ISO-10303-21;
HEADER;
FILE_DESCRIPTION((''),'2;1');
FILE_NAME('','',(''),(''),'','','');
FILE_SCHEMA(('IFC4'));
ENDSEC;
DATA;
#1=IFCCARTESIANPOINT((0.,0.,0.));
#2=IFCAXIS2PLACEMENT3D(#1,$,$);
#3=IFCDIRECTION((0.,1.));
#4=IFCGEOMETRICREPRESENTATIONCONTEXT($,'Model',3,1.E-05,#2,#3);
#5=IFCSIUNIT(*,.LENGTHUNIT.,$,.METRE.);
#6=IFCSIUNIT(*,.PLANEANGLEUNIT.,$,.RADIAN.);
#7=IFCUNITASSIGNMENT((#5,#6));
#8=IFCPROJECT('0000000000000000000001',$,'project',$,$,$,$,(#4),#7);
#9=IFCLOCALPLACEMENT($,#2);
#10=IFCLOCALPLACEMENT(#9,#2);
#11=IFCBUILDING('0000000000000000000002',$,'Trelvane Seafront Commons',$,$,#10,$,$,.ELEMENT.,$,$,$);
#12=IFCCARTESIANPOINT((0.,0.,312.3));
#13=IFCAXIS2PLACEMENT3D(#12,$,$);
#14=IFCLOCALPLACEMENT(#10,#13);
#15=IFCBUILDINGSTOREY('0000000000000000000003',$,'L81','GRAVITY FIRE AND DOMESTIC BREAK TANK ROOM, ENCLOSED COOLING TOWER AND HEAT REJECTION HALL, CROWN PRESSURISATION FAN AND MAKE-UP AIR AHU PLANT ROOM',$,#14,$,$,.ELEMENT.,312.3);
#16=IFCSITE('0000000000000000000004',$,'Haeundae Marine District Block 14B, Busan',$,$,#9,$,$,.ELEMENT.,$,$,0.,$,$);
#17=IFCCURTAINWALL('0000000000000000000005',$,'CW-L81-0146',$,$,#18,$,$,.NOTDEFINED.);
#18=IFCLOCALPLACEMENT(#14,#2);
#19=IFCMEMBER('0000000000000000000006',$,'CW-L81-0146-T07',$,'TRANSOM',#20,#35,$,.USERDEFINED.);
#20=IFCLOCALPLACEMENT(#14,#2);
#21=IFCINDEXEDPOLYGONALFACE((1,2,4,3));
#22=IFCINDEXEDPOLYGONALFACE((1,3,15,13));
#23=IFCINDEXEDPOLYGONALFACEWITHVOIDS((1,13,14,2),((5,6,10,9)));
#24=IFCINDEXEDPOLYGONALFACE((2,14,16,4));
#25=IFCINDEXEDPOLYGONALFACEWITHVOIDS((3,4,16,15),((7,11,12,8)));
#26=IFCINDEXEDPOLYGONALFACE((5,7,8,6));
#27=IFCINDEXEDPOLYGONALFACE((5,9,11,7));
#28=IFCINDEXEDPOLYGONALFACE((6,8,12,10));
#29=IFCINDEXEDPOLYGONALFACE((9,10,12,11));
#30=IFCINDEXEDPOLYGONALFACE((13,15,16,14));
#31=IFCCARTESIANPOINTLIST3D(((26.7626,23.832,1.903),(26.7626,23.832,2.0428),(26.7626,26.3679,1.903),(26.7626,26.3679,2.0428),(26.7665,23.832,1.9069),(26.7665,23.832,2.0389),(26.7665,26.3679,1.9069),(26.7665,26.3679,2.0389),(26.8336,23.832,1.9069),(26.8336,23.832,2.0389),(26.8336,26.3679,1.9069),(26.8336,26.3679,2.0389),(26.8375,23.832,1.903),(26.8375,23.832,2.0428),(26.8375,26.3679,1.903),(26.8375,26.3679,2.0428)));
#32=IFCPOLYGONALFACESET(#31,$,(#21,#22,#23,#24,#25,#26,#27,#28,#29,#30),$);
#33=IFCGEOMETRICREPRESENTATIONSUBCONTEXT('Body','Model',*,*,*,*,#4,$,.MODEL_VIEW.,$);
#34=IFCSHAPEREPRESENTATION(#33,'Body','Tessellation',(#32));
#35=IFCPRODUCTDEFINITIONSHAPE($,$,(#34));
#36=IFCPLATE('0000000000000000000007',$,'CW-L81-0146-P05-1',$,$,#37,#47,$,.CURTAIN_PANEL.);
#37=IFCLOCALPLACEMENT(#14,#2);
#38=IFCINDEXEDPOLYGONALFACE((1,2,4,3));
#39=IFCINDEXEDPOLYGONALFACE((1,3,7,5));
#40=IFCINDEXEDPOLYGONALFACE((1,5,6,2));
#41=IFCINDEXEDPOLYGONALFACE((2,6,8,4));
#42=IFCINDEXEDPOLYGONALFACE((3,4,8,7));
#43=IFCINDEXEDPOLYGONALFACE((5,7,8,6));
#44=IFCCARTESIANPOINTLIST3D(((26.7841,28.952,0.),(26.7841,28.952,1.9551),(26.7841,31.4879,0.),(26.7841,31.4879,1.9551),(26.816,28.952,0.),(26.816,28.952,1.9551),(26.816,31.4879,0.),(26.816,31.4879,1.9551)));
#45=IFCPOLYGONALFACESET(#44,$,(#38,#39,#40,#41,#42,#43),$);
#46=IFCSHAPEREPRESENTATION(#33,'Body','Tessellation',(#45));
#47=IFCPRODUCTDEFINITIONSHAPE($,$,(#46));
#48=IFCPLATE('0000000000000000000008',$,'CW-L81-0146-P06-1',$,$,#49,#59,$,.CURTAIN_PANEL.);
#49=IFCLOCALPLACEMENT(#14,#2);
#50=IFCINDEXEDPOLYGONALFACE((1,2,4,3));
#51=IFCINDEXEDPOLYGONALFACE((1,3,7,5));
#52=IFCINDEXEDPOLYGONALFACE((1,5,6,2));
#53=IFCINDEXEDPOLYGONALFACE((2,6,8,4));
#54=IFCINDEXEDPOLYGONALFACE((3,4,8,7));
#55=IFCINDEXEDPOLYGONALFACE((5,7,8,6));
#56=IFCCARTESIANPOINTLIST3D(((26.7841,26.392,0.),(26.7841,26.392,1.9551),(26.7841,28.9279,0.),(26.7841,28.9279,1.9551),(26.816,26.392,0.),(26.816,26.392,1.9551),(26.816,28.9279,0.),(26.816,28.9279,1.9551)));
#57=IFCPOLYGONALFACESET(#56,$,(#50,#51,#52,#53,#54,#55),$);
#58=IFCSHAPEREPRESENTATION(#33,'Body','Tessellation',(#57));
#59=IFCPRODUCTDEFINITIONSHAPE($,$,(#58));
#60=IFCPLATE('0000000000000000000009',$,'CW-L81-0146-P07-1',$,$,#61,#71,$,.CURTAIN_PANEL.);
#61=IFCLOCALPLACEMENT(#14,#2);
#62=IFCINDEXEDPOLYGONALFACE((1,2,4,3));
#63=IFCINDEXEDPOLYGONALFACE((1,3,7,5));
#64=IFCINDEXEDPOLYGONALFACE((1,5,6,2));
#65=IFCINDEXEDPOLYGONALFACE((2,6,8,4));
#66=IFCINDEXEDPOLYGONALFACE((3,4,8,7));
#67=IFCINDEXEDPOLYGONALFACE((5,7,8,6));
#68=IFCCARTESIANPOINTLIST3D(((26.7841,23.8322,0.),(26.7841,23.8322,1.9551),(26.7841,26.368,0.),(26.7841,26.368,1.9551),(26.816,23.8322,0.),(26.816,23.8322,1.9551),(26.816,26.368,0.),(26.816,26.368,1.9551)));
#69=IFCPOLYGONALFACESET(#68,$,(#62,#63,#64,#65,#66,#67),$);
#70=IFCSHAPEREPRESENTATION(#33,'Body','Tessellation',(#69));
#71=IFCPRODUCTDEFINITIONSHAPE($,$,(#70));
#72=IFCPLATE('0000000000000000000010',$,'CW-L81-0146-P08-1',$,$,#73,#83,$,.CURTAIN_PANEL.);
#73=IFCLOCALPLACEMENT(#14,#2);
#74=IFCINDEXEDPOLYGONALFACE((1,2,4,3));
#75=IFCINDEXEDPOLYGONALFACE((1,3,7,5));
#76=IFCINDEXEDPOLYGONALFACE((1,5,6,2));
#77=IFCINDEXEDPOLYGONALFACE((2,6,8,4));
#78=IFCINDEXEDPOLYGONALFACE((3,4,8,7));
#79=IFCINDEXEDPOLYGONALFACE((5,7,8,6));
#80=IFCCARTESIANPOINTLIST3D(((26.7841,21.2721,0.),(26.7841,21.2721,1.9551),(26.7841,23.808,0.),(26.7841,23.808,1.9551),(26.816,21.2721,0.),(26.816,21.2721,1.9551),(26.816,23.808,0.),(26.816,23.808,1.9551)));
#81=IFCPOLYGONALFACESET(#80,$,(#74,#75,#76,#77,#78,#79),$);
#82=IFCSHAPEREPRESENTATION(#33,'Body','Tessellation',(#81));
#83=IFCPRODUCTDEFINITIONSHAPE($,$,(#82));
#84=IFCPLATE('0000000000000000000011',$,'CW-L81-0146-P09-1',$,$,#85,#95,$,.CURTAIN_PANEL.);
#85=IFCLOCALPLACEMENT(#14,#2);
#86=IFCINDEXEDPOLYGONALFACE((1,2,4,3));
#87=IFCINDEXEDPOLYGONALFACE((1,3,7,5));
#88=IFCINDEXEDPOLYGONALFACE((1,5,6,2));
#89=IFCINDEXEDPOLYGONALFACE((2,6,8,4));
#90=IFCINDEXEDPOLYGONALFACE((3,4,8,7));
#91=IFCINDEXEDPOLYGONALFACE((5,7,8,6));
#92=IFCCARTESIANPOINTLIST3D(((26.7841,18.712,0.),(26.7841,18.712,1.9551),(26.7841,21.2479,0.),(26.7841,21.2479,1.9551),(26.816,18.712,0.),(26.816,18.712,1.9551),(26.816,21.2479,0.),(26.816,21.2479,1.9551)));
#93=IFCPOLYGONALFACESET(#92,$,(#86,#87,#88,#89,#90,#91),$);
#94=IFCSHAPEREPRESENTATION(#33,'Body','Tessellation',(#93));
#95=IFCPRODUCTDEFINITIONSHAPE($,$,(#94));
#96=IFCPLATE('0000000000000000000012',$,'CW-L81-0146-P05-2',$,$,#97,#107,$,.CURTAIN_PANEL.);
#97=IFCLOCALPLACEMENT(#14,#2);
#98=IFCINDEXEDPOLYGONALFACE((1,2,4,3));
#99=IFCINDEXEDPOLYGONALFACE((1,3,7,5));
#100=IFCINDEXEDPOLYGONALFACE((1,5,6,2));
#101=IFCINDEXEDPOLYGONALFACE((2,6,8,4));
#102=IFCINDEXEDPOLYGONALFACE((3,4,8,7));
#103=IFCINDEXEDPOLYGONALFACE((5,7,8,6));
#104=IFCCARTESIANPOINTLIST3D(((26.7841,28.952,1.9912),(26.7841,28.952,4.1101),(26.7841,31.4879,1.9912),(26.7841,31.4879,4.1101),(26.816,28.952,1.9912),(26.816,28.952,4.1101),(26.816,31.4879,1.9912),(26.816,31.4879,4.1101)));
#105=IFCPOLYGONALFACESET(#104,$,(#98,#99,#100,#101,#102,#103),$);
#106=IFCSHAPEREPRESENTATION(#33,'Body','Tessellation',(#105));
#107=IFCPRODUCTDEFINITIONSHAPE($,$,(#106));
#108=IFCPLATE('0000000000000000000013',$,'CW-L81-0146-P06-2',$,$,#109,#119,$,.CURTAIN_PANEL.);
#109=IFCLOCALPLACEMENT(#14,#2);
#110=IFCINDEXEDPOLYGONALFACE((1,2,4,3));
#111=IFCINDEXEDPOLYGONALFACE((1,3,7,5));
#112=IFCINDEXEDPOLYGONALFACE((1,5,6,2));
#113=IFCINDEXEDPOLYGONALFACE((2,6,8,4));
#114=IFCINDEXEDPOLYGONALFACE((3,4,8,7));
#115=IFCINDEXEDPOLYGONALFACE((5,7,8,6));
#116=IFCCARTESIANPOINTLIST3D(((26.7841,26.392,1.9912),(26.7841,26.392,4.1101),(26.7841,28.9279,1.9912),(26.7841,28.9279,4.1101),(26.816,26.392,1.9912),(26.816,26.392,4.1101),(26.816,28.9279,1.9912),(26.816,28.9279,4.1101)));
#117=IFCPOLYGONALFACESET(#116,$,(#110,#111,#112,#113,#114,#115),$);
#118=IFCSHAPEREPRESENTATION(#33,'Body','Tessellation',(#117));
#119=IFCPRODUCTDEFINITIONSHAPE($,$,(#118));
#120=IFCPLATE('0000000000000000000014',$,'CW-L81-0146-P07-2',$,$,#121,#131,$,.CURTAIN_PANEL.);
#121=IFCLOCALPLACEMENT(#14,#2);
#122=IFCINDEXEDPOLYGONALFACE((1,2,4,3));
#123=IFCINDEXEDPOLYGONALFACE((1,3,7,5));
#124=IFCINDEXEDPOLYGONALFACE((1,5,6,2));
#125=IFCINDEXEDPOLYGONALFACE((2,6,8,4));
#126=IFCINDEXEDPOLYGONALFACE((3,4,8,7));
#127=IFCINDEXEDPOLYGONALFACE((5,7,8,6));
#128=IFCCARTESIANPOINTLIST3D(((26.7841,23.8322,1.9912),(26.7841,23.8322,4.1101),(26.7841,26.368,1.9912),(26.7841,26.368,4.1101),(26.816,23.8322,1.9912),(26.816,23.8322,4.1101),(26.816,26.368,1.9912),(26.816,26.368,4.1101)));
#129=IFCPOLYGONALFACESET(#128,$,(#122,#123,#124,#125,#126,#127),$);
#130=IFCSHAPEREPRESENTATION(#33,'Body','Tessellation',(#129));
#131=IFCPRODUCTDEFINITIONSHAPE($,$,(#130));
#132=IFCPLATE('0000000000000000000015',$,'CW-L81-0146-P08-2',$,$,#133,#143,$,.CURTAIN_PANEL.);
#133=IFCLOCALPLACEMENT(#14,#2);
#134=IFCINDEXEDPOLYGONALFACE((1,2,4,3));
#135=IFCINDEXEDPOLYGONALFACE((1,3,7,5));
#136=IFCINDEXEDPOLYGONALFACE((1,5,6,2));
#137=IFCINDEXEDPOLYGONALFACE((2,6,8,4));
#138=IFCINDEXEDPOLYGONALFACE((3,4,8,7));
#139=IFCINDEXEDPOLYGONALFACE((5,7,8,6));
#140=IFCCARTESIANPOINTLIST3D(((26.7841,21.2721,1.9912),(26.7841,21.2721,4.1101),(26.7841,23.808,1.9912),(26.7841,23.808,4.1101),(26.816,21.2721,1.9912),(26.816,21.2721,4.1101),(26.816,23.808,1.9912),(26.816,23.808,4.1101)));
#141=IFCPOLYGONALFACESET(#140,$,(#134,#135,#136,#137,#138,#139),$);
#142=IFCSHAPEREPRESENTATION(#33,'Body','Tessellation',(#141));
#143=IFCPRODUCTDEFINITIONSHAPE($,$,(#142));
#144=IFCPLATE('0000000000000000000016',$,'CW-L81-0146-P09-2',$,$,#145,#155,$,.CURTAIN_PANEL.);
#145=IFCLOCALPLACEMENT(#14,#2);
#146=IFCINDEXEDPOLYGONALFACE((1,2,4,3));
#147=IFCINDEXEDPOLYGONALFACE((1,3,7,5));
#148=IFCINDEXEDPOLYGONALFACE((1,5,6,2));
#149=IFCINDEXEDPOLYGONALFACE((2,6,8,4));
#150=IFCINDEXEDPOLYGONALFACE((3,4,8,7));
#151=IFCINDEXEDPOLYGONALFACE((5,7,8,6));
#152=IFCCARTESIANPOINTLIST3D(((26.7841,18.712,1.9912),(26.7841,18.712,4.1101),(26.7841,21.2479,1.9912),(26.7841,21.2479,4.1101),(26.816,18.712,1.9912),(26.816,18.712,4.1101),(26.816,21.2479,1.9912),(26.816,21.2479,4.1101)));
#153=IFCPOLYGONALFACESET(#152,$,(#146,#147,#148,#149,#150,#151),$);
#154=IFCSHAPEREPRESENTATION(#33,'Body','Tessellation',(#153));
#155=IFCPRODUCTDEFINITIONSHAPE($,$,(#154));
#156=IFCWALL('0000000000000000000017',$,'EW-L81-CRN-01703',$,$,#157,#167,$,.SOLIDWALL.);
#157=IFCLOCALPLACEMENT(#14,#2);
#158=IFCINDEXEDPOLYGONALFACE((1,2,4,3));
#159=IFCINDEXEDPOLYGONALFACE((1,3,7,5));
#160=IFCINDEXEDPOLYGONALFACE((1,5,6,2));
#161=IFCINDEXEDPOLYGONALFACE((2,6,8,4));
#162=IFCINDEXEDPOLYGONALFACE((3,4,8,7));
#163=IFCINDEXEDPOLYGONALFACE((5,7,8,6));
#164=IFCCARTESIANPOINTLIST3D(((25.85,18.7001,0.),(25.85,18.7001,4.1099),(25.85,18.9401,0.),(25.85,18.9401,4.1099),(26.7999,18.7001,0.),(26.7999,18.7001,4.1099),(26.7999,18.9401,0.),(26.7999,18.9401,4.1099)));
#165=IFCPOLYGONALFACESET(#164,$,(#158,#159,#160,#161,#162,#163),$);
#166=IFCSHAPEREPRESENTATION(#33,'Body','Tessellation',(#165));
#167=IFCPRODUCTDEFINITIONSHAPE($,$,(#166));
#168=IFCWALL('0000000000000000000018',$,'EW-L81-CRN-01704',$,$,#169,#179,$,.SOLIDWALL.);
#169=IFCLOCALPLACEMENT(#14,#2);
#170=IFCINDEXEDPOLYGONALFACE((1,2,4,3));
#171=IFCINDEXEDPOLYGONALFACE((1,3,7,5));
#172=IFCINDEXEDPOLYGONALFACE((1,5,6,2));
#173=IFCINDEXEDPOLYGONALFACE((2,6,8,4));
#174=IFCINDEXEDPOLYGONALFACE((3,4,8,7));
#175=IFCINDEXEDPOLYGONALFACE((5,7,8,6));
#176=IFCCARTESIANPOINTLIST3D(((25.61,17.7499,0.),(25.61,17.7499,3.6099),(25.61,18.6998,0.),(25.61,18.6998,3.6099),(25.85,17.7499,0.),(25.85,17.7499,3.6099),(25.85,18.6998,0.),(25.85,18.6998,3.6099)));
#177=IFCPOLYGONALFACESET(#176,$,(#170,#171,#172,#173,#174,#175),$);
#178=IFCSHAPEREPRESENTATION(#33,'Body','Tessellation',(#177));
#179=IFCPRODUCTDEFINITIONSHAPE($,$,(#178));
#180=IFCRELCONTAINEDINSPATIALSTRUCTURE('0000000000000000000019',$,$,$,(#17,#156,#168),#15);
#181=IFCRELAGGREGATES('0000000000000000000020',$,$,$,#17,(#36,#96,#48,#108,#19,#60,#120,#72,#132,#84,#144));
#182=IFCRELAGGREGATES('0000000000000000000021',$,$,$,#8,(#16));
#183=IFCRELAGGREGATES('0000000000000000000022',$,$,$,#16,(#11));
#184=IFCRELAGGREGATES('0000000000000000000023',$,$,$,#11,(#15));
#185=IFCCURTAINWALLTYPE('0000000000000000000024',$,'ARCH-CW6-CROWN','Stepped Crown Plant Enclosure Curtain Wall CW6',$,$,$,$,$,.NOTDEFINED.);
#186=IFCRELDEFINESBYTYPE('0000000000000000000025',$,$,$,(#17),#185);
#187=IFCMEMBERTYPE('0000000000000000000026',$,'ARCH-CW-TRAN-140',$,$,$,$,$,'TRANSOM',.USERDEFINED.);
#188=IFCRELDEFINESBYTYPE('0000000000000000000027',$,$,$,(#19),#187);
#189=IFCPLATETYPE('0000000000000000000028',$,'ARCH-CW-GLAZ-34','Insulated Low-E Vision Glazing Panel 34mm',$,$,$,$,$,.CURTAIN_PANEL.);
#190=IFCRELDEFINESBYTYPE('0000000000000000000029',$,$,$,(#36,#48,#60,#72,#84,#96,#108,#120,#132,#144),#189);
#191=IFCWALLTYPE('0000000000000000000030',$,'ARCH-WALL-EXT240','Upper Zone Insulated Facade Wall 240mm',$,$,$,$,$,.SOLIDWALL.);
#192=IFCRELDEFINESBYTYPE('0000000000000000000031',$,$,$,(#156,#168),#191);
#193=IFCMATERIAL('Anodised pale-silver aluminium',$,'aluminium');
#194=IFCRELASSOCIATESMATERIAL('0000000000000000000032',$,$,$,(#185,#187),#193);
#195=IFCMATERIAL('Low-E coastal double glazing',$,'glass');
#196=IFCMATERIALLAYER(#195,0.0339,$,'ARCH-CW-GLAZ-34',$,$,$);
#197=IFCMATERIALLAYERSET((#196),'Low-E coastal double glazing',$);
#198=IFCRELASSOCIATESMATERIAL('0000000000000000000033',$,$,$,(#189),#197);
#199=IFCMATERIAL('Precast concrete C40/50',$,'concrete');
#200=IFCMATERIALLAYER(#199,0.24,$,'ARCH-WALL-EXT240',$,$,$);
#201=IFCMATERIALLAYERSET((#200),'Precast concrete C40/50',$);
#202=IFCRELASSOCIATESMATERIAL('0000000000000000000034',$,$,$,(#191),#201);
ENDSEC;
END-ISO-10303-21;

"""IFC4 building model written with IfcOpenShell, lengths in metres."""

from ifc_helpers import new_model, si_unit, direction, frame, frame_2d, origin, origin_2d, place, context, subcontext, project, spatial, rectangle, hollow_rectangle, extrude, source, transform, mapped, material, layer, layer_set, material_profile, profile_set, type_object, element, aggregate, save


model = new_model("IFC4")

# Units and contexts
model_context = context("Model", 3, precision=1e-05, world=origin(), true_north=direction((0.0, 1.0)))
body_context = subcontext(model_context, "Body", "Model", "MODEL_VIEW")
ifc_project = project(units=[si_unit("LENGTHUNIT", "METRE"), si_unit("PLANEANGLEUNIT", "RADIAN")], contexts=[model_context])

# Site, building, storey
site_placement = place(None, origin())
site = spatial("IfcSite", under=ifc_project, at=site_placement, Name="Haeundae Marine District Block 14B, Busan", CompositionType="ELEMENT", RefElevation=0.0)
building_placement = place(site_placement, origin())
building = spatial("IfcBuilding", under=site, at=building_placement, Name="Trelvane Seafront Commons", CompositionType="ELEMENT")
storey_placement = place(building_placement, frame((0.0, 0.0, 312.3)))
storey = spatial("IfcBuildingStorey", under=building, at=storey_placement, Name="L81", Description="GRAVITY FIRE AND DOMESTIC BREAK TANK ROOM, ENCLOSED COOLING TOWER AND HEAT REJECTION HALL, CROWN PRESSURISATION FAN AND MAKE-UP AIR AHU PLANT ROOM", CompositionType="ELEMENT", Elevation=312.3)

# Curtain wall, member, plates
ifc_material_1 = material(Name="Anodised pale-silver aluminium", Category="aluminium")
curtain_wall_type = type_object("IfcCurtainWallType", Name="ARCH-CW6-CROWN", Description="Stepped Crown Plant Enclosure Curtain Wall CW6", PredefinedType="NOTDEFINED", material=ifc_material_1)
curtain_wall_placement = place(storey_placement, origin())
curtain_wall = element("IfcCurtainWall", 1, at=curtain_wall_placement, inside=storey, type_object=curtain_wall_type, Name="CW-L81-0146", PredefinedType="NOTDEFINED")
ifc_material_profile_1 = material_profile(ifc_material_1, hollow_rectangle(XDim=0.075, YDim=0.1399, WallThickness=0.0039, at=origin_2d()), Name="TRAN-75x140x4")
ifc_profile_set_1 = profile_set([ifc_material_profile_1], Name="Anodised pale-silver aluminium")
member_type_1 = type_object("IfcMemberType", Name="ARCH-CW-TRAN-140", ElementType="TRANSOM", PredefinedType="USERDEFINED", material=ifc_profile_set_1)
shared_shape_1 = source(origin(), body_context, "Body", "SweptSolid", [
    extrude(hollow_rectangle(XDim=0.075, YDim=0.1399, WallThickness=0.0039, at=origin_2d()), origin(), (0.0, 0.0, 1.0), 2.5359),
])
member_1_placement = place(storey_placement, frame((26.8, 26.3679, 1.9729), z_axis=(0.0, -1.0, 0.0), x_axis=(1.0, 0.0, 0.0)))
member_1 = element("IfcMember", 2, at=member_1_placement, type_object=member_type_1, Name="CW-L81-0146-T07", ObjectType="TRANSOM", PredefinedType="USERDEFINED", context=body_context, shape_type="MappedRepresentation", body=[
    mapped(shared_shape_1, transform((0.0, 0.0, 0.0), x_axis=(1.0, 0.0, 0.0), y_axis=(0.0, 1.0, 0.0), z_axis=(0.0, 0.0, 1.0), scale=1.0)),
])
ifc_material_2 = material(Name="Low-E coastal double glazing", Category="glass")
ifc_layer_1 = layer(ifc_material_2, 0.0339, Name="ARCH-CW-GLAZ-34")
ifc_layer_set_1 = layer_set([ifc_layer_1], Name="Low-E coastal double glazing")
plate_type = type_object("IfcPlateType", Name="ARCH-CW-GLAZ-34", Description="Insulated Low-E Vision Glazing Panel 34mm", PredefinedType="CURTAIN_PANEL", material=ifc_layer_set_1)
shared_shape_2 = source(origin(), body_context, "Body", "SweptSolid", [
    extrude(rectangle(XDim=2.5359, YDim=0.032, at=origin_2d()), origin(), (0.0, 0.0, 1.0), 1.9551),
])
plate_1_placement = place(storey_placement, frame((26.8, 30.22, 0.0), z_axis=(0.0, 0.0, 1.0), x_axis=(0.0, -1.0, 0.0)))
plate_1 = element("IfcPlate", 3, at=plate_1_placement, type_object=plate_type, Name="CW-L81-0146-P05-1", PredefinedType="CURTAIN_PANEL", context=body_context, shape_type="MappedRepresentation", body=[
    mapped(shared_shape_2, transform((0.0, 0.0, 0.0), x_axis=(1.0, 0.0, 0.0), y_axis=(0.0, 1.0, 0.0), z_axis=(0.0, 0.0, 1.0), scale=1.0)),
])
plate_2_placement = place(storey_placement, frame((26.8, 27.6599, 0.0), z_axis=(0.0, 0.0, 1.0), x_axis=(0.0, -1.0, 0.0)))
plate_2 = element("IfcPlate", 4, at=plate_2_placement, type_object=plate_type, Name="CW-L81-0146-P06-1", PredefinedType="CURTAIN_PANEL", context=body_context, shape_type="MappedRepresentation", body=[
    mapped(shared_shape_2, transform((0.0, 0.0, 0.0), x_axis=(1.0, 0.0, 0.0), y_axis=(0.0, 1.0, 0.0), z_axis=(0.0, 0.0, 1.0), scale=1.0)),
])
plate_3_placement = place(storey_placement, frame((26.8, 25.1001, 0.0), z_axis=(0.0, 0.0, 1.0), x_axis=(0.0, -1.0, 0.0)))
plate_3 = element("IfcPlate", 5, at=plate_3_placement, type_object=plate_type, Name="CW-L81-0146-P07-1", PredefinedType="CURTAIN_PANEL", context=body_context, shape_type="MappedRepresentation", body=[
    mapped(shared_shape_2, transform((0.0, 0.0, 0.0), x_axis=(1.0, 0.0, 0.0), y_axis=(0.0, 1.0, 0.0), z_axis=(0.0, 0.0, 1.0), scale=1.0)),
])
plate_4_placement = place(storey_placement, frame((26.8, 22.54, 0.0), z_axis=(0.0, 0.0, 1.0), x_axis=(0.0, -1.0, 0.0)))
plate_4 = element("IfcPlate", 6, at=plate_4_placement, type_object=plate_type, Name="CW-L81-0146-P08-1", PredefinedType="CURTAIN_PANEL", context=body_context, shape_type="MappedRepresentation", body=[
    mapped(shared_shape_2, transform((0.0, 0.0, 0.0), x_axis=(1.0, 0.0, 0.0), y_axis=(0.0, 1.0, 0.0), z_axis=(0.0, 0.0, 1.0), scale=1.0)),
])
plate_5_placement = place(storey_placement, frame((26.8, 19.98, 0.0), z_axis=(0.0, 0.0, 1.0), x_axis=(0.0, -1.0, 0.0)))
plate_5 = element("IfcPlate", 7, at=plate_5_placement, type_object=plate_type, Name="CW-L81-0146-P09-1", PredefinedType="CURTAIN_PANEL", context=body_context, shape_type="MappedRepresentation", body=[
    mapped(shared_shape_2, transform((0.0, 0.0, 0.0), x_axis=(1.0, 0.0, 0.0), y_axis=(0.0, 1.0, 0.0), z_axis=(0.0, 0.0, 1.0), scale=1.0)),
])
shared_shape_3 = source(origin(), body_context, "Body", "SweptSolid", [
    extrude(rectangle(XDim=2.5359, YDim=0.032, at=origin_2d()), origin(), (0.0, 0.0, 1.0), 2.1189),
])
plate_6_placement = place(storey_placement, frame((26.8, 30.22, 1.9912), z_axis=(0.0, 0.0, 1.0), x_axis=(0.0, -1.0, 0.0)))
plate_6 = element("IfcPlate", 8, at=plate_6_placement, type_object=plate_type, Name="CW-L81-0146-P05-2", PredefinedType="CURTAIN_PANEL", context=body_context, shape_type="MappedRepresentation", body=[
    mapped(shared_shape_3, transform((0.0, 0.0, 0.0), x_axis=(1.0, 0.0, 0.0), y_axis=(0.0, 1.0, 0.0), z_axis=(0.0, 0.0, 1.0), scale=1.0)),
])
plate_7_placement = place(storey_placement, frame((26.8, 27.6599, 1.9912), z_axis=(0.0, 0.0, 1.0), x_axis=(0.0, -1.0, 0.0)))
plate_7 = element("IfcPlate", 9, at=plate_7_placement, type_object=plate_type, Name="CW-L81-0146-P06-2", PredefinedType="CURTAIN_PANEL", context=body_context, shape_type="MappedRepresentation", body=[
    mapped(shared_shape_3, transform((0.0, 0.0, 0.0), x_axis=(1.0, 0.0, 0.0), y_axis=(0.0, 1.0, 0.0), z_axis=(0.0, 0.0, 1.0), scale=1.0)),
])
plate_8_placement = place(storey_placement, frame((26.8, 25.1001, 1.9912), z_axis=(0.0, 0.0, 1.0), x_axis=(0.0, -1.0, 0.0)))
plate_8 = element("IfcPlate", 10, at=plate_8_placement, type_object=plate_type, Name="CW-L81-0146-P07-2", PredefinedType="CURTAIN_PANEL", context=body_context, shape_type="MappedRepresentation", body=[
    mapped(shared_shape_3, transform((0.0, 0.0, 0.0), x_axis=(1.0, 0.0, 0.0), y_axis=(0.0, 1.0, 0.0), z_axis=(0.0, 0.0, 1.0), scale=1.0)),
])
plate_9_placement = place(storey_placement, frame((26.8, 22.54, 1.9912), z_axis=(0.0, 0.0, 1.0), x_axis=(0.0, -1.0, 0.0)))
plate_9 = element("IfcPlate", 11, at=plate_9_placement, type_object=plate_type, Name="CW-L81-0146-P08-2", PredefinedType="CURTAIN_PANEL", context=body_context, shape_type="MappedRepresentation", body=[
    mapped(shared_shape_3, transform((0.0, 0.0, 0.0), x_axis=(1.0, 0.0, 0.0), y_axis=(0.0, 1.0, 0.0), z_axis=(0.0, 0.0, 1.0), scale=1.0)),
])
plate_10_placement = place(storey_placement, frame((26.8, 19.98, 1.9912), z_axis=(0.0, 0.0, 1.0), x_axis=(0.0, -1.0, 0.0)))
plate_10 = element("IfcPlate", 12, at=plate_10_placement, type_object=plate_type, Name="CW-L81-0146-P09-2", PredefinedType="CURTAIN_PANEL", context=body_context, shape_type="MappedRepresentation", body=[
    mapped(shared_shape_3, transform((0.0, 0.0, 0.0), x_axis=(1.0, 0.0, 0.0), y_axis=(0.0, 1.0, 0.0), z_axis=(0.0, 0.0, 1.0), scale=1.0)),
])
aggregate(curtain_wall, [plate_1, plate_6, plate_2, plate_7, member_1, plate_3, plate_8, plate_4, plate_9, plate_5, plate_10])

# Walls
ifc_material_3 = material(Name="Precast concrete C40/50", Category="concrete")
ifc_layer_2 = layer(ifc_material_3, 0.24, Name="ARCH-WALL-EXT240")
ifc_layer_set_2 = layer_set([ifc_layer_2], Name="Precast concrete C40/50")
wall_type_1 = type_object("IfcWallType", Name="ARCH-WALL-EXT240", Description="Upper Zone Insulated Facade Wall 240mm", PredefinedType="SOLIDWALL", material=ifc_layer_set_2)
wall_1_placement = place(storey_placement, frame((26.8, 18.8201, 0.0), z_axis=(0.0, 0.0, 1.0), x_axis=(-1.0, 0.0, 0.0)))
element("IfcWall", 13, at=wall_1_placement, inside=storey, type_object=wall_type_1, Name="EW-L81-CRN-01703", PredefinedType="SOLIDWALL", context=body_context, shape_type="SweptSolid", body=[
    extrude(rectangle(XDim=0.95, YDim=0.24, at=frame_2d((0.4751, 0.0))), origin(), (0.0, 0.0, 1.0), 4.1099),
])
wall_2_placement = place(storey_placement, frame((25.73, 18.7, 0.0), z_axis=(0.0, 0.0, 1.0), x_axis=(0.0, -1.0, 0.0)))
element("IfcWall", 14, at=wall_2_placement, inside=storey, type_object=wall_type_1, Name="EW-L81-CRN-01704", PredefinedType="SOLIDWALL", context=body_context, shape_type="SweptSolid", body=[
    extrude(rectangle(XDim=0.95, YDim=0.24, at=frame_2d((0.4751, 0.0))), origin(), (0.0, 0.0, 1.0), 3.6099),
])

save(model, "model.ifc")
